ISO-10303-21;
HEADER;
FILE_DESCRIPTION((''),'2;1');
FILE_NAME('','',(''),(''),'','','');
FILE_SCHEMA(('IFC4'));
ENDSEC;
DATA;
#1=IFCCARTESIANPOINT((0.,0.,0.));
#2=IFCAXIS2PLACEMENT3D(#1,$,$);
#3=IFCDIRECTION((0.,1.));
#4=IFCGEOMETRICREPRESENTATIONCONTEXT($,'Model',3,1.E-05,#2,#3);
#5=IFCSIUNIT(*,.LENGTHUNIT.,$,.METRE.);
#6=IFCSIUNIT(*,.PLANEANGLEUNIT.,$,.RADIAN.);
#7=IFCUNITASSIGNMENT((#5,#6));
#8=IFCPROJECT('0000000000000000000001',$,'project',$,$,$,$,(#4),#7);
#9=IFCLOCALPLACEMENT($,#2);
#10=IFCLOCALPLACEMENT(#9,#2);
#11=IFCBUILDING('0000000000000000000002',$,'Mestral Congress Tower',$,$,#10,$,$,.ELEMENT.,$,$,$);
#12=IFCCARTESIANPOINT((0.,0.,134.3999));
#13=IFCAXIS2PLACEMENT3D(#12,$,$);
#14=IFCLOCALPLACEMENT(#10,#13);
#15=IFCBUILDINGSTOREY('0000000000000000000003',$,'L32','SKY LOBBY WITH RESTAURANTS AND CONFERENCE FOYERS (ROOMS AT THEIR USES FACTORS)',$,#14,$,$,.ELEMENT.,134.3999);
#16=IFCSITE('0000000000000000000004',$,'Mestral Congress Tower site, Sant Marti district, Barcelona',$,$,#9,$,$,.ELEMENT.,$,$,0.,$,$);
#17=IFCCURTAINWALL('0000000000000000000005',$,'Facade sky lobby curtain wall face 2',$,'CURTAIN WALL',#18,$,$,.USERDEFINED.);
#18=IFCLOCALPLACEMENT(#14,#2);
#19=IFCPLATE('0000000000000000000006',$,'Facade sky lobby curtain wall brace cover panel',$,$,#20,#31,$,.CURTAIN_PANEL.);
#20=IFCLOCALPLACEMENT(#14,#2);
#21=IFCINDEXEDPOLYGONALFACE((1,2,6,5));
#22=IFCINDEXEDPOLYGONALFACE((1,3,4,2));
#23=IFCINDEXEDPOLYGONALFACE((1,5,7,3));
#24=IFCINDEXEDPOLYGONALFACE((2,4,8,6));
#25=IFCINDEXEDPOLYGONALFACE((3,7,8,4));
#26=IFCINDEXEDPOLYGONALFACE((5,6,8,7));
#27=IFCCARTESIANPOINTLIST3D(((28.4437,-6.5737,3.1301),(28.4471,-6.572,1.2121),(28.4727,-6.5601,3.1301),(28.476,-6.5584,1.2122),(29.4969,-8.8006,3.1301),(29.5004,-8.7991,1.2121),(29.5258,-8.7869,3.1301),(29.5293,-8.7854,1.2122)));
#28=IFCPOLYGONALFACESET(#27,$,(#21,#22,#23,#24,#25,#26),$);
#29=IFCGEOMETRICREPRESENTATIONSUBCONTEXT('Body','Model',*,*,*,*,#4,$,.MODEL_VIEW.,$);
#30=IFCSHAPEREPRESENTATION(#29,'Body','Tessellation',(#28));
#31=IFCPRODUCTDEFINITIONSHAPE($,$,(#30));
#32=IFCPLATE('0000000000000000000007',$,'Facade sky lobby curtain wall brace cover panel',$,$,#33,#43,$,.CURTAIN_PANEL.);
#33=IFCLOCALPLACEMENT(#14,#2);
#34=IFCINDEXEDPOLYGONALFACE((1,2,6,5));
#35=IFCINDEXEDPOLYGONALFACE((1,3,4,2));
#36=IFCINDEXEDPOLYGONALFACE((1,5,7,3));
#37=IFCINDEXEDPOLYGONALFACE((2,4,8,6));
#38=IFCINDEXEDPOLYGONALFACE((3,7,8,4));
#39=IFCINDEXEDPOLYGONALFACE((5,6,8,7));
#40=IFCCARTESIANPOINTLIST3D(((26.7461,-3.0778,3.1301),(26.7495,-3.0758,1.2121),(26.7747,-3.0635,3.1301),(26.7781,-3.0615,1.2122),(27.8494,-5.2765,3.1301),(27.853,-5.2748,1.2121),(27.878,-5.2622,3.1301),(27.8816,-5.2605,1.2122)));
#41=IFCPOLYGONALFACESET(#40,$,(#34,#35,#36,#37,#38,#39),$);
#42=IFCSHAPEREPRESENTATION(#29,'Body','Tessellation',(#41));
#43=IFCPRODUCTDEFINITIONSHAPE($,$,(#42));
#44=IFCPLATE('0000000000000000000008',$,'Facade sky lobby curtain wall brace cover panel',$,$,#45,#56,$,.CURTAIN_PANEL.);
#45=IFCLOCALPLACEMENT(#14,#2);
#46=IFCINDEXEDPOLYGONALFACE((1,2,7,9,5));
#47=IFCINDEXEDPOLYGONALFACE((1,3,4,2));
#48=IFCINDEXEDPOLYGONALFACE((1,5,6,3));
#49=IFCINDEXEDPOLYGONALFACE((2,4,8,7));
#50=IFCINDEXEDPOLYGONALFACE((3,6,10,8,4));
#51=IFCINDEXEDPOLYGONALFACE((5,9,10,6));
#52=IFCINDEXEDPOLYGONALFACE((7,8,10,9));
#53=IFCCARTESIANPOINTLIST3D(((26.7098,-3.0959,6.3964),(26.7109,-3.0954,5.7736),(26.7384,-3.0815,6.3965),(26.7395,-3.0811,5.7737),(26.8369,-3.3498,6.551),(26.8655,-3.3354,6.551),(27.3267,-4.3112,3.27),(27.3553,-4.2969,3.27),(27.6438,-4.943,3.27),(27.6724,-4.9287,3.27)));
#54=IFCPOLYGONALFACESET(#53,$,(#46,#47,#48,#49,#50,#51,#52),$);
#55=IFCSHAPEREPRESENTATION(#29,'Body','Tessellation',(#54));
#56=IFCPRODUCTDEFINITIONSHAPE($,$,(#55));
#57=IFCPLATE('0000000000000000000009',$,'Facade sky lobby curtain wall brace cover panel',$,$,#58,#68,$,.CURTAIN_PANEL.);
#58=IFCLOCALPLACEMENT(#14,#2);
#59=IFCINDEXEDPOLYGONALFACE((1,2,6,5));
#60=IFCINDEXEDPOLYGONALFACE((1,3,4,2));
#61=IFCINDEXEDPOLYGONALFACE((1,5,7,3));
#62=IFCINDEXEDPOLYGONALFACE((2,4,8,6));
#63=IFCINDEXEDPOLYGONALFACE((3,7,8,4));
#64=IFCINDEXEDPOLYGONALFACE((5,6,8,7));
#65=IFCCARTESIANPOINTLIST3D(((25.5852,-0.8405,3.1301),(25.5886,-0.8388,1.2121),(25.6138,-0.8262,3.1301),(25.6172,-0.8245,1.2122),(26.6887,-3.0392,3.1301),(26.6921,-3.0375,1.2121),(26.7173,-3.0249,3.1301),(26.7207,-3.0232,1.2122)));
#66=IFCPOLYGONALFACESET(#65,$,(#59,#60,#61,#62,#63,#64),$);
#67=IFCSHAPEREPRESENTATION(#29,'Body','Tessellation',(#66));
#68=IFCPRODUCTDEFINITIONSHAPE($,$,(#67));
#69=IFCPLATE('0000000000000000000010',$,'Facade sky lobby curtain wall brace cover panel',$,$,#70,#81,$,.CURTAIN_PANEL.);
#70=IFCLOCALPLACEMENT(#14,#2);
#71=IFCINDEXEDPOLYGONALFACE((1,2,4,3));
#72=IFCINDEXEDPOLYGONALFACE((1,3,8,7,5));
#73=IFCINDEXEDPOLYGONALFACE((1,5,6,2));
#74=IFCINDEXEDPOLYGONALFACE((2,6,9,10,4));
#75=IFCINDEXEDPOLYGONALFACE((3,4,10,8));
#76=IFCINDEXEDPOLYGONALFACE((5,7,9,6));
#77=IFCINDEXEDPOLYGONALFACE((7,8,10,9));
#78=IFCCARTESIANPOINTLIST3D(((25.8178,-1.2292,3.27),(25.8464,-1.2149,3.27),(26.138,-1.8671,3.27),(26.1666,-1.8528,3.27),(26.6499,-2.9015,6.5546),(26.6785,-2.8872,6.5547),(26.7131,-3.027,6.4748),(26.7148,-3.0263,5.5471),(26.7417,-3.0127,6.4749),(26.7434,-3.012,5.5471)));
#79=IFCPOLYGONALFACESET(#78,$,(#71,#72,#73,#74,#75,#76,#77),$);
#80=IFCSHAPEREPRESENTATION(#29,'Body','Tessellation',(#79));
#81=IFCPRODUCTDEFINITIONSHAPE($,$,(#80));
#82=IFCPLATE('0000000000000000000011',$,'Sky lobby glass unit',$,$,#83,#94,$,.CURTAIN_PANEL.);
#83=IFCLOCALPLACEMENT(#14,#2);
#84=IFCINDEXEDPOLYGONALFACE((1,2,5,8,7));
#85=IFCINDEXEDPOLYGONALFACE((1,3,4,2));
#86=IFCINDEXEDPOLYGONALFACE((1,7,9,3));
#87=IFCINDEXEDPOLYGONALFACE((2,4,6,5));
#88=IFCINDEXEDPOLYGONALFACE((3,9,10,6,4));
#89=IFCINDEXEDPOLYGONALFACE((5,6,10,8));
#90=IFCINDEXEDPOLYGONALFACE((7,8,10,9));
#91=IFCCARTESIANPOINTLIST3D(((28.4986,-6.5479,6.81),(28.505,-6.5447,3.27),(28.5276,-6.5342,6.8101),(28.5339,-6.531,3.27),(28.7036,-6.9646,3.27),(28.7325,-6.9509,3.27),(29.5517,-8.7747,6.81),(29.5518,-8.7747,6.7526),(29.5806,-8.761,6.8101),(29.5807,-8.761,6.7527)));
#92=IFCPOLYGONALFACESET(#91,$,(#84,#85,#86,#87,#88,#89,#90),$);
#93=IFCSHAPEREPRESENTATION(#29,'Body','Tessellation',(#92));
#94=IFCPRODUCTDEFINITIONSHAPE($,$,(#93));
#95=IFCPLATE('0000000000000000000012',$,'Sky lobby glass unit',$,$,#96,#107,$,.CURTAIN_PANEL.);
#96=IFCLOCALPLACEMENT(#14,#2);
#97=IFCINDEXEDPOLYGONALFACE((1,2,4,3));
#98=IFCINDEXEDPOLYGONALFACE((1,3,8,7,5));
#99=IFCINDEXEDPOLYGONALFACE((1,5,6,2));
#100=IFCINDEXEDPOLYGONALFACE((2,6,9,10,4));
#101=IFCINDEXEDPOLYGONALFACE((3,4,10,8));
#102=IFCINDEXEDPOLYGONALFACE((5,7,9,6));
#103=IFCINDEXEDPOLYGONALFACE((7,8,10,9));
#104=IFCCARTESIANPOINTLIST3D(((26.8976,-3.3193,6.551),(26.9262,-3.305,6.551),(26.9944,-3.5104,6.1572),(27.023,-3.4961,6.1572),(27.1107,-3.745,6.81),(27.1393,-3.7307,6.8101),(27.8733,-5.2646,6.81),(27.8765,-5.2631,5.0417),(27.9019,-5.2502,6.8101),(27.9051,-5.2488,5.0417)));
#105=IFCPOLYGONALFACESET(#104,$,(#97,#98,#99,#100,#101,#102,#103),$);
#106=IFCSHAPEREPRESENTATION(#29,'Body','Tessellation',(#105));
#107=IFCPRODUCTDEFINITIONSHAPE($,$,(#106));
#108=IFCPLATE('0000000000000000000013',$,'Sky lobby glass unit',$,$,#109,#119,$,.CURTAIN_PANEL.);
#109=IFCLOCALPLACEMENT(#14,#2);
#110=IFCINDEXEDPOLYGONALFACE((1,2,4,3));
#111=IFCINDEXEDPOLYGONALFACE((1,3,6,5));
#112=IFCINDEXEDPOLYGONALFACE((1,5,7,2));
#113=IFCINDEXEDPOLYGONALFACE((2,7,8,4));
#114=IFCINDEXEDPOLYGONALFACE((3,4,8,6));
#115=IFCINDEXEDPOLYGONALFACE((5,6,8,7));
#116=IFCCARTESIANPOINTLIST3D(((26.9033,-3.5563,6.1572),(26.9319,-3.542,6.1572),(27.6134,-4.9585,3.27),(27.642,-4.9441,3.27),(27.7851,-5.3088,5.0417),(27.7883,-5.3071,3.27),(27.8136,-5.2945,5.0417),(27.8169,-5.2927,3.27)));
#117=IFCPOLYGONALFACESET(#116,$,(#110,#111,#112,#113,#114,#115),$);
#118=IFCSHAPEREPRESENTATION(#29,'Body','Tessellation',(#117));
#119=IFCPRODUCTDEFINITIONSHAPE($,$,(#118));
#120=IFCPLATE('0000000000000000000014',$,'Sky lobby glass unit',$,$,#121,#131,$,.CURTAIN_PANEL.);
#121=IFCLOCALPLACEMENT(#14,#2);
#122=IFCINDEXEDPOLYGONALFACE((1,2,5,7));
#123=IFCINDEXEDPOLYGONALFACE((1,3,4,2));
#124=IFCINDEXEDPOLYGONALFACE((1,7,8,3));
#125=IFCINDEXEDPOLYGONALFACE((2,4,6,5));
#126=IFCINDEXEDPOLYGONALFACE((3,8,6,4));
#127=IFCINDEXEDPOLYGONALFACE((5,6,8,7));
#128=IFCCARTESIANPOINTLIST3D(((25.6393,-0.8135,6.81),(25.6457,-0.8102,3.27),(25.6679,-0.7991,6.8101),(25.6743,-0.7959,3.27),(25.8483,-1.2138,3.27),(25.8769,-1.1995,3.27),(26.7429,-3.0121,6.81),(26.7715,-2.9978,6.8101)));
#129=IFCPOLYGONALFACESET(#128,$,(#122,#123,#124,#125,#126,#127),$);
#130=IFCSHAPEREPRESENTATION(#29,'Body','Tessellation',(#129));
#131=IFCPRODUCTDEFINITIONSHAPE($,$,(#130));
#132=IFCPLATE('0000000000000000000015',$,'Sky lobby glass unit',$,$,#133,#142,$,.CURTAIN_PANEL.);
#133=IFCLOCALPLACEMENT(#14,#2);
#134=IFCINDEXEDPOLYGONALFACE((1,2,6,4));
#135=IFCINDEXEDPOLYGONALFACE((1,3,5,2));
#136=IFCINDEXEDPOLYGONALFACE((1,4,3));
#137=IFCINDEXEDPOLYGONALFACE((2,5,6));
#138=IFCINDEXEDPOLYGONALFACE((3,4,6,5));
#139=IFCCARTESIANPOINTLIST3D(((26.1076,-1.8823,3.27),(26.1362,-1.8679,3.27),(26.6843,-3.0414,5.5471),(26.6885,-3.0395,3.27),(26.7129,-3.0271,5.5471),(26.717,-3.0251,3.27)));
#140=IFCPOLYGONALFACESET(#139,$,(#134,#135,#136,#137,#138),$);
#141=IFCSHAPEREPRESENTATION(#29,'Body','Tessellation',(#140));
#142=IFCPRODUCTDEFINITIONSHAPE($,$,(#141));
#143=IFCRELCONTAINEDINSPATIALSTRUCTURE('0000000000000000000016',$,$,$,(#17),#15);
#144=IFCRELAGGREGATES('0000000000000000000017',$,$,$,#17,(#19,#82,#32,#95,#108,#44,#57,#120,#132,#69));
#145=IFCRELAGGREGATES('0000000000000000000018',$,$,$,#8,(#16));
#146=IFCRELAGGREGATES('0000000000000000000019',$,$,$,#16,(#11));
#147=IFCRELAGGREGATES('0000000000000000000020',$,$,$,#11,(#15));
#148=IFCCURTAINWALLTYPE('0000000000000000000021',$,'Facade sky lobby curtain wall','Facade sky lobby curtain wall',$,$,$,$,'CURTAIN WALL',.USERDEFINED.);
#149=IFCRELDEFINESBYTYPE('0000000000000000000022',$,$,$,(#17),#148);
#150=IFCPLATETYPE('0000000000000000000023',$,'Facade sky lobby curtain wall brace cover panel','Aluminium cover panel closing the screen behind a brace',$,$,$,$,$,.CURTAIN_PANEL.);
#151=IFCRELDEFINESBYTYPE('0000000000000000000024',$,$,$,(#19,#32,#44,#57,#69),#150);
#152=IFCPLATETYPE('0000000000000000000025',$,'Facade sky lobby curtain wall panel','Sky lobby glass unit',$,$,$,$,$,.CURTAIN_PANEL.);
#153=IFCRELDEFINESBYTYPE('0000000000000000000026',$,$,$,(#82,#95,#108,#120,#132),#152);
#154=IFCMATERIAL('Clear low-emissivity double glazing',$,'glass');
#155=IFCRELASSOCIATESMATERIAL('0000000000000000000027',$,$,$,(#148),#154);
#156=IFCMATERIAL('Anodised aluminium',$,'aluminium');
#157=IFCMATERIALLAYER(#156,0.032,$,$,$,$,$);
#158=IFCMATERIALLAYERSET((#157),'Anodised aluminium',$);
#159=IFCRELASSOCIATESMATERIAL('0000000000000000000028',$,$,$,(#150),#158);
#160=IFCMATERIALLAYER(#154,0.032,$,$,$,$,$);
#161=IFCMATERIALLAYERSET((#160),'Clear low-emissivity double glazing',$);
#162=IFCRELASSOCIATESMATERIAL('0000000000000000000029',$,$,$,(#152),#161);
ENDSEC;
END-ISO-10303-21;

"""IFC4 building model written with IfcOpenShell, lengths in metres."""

from ifc_helpers import new_model, si_unit, direction, frame, origin, place, context, subcontext, project, spatial, polyline, outline, extrude, material, layer, layer_set, type_object, element, aggregate, save


model = new_model("IFC4")

# Units and contexts
model_context = context("Model", 3, precision=1e-05, world=origin(), true_north=direction((0.0, 1.0)))
body_context = subcontext(model_context, "Body", "Model", "MODEL_VIEW")
ifc_project = project(units=[si_unit("LENGTHUNIT", "METRE"), si_unit("PLANEANGLEUNIT", "RADIAN")], contexts=[model_context])

# Site, building, storey
site_placement = place(None, origin())
site = spatial("IfcSite", under=ifc_project, at=site_placement, Name="Mestral Congress Tower site, Sant Marti district, Barcelona", CompositionType="ELEMENT", RefElevation=0.0)
building_placement = place(site_placement, origin())
building = spatial("IfcBuilding", under=site, at=building_placement, Name="Mestral Congress Tower", CompositionType="ELEMENT")
storey_placement = place(building_placement, frame((0.0, 0.0, 134.3999)))
storey = spatial("IfcBuildingStorey", under=building, at=storey_placement, Name="L32", Description="SKY LOBBY WITH RESTAURANTS AND CONFERENCE FOYERS (ROOMS AT THEIR USES FACTORS)", CompositionType="ELEMENT", Elevation=134.3999)

# Curtain wall
ifc_material_1 = material(Name="Clear low-emissivity double glazing", Category="glass")
curtain_wall_type = type_object("IfcCurtainWallType", Name="Facade sky lobby curtain wall", Description="Facade sky lobby curtain wall", ElementType="CURTAIN WALL", PredefinedType="USERDEFINED", material=ifc_material_1)
curtain_wall_placement = place(storey_placement, origin())
curtain_wall = element("IfcCurtainWall", 1, at=curtain_wall_placement, inside=storey, type_object=curtain_wall_type, Name="Facade sky lobby curtain wall face 2", ObjectType="CURTAIN WALL", PredefinedType="USERDEFINED")
ifc_material_2 = material(Name="Anodised aluminium", Category="aluminium")

# Plates
ifc_layer_1 = layer(ifc_material_2, 0.032)
ifc_layer_set_1 = layer_set([ifc_layer_1], Name="Anodised aluminium")
plate_type_1 = type_object("IfcPlateType", Name="Facade sky lobby curtain wall brace cover panel", Description="Aluminium cover panel closing the screen behind a brace", PredefinedType="CURTAIN_PANEL", material=ifc_layer_set_1)
plate_1_placement = place(storey_placement, frame((28.4727, -6.5601, 3.1301), z_axis=(0.903993, 0.427542, 0.001965), x_axis=(0.001757, 0.000879, -0.999998)))
plate_1 = element("IfcPlate", 2, at=plate_1_placement, type_object=plate_type_1, Name="Facade sky lobby curtain wall brace cover panel", PredefinedType="CURTAIN_PANEL", context=body_context, shape_type="SweptSolid", body=[
    extrude(outline(polyline([(0.0, 0.0), (1.918, 0.0), (1.9179, -2.4635), (-0.0001, -2.4633), (0.0, 0.0)])), origin(), (0.0, 0.0, -1.0), 0.032),
])
plate_2_placement = place(storey_placement, frame((26.7747, -3.0635, 3.1301), z_axis=(0.893779, 0.448502, 0.002078), x_axis=(0.001807, 0.001031, -0.999998)))
plate_2 = element("IfcPlate", 3, at=plate_2_placement, type_object=plate_type_1, Name="Facade sky lobby curtain wall brace cover panel", PredefinedType="CURTAIN_PANEL", context=body_context, shape_type="SweptSolid", body=[
    extrude(outline(polyline([(0.0, 0.0), (1.918, 0.0), (1.9177, -2.4603), (-0.0003, -2.46), (0.0, 0.0)])), origin(), (0.0, 0.0, -1.0), 0.032),
])
plate_3_placement = place(storey_placement, frame((26.7395, -3.0811, 5.7737), z_axis=(0.893731, 0.4486, 0.001964), x_axis=(0.216014, -0.426514, -0.878307)))
plate_3 = element("IfcPlate", 4, at=plate_3_placement, type_object=plate_type_1, Name="Facade sky lobby curtain wall brace cover panel", PredefinedType="CURTAIN_PANEL", context=body_context, shape_type="SweptSolid", body=[
    extrude(outline(polyline([(0.0, 0.0), (2.8506, 0.0), (3.1885, -0.6209), (-0.547, -0.621), (-0.5471, -0.2977), (0.0, 0.0)])), origin(), (0.0, 0.0, -1.0), 0.032),
])
plate_4_placement = place(storey_placement, frame((25.6138, -0.8262, 3.1301), z_axis=(0.89375, 0.448562, 0.001992), x_axis=(0.001782, 0.000891, -0.999998)))
plate_4 = element("IfcPlate", 5, at=plate_4_placement, type_object=plate_type_1, Name="Facade sky lobby curtain wall brace cover panel", PredefinedType="CURTAIN_PANEL", context=body_context, shape_type="SweptSolid", body=[
    extrude(outline(polyline([(0.0, 0.0), (1.918, 0.0), (1.918, -2.4601), (0.0, -2.4601), (0.0, 0.0)])), origin(), (0.0, 0.0, -1.0), 0.032),
])
plate_5_placement = place(storey_placement, frame((26.7417, -3.0127, 6.4749), z_axis=(0.893739, 0.448584, 0.001964), x_axis=(-0.390899, 0.776648, 0.49398)))
plate_5 = element("IfcPlate", 6, at=plate_5_placement, type_object=plate_type_1, Name="Facade sky lobby curtain wall brace cover panel", PredefinedType="CURTAIN_PANEL", context=body_context, shape_type="SweptSolid", body=[
    extrude(outline(polyline([(0.0, 0.0), (0.1616, 0.0), (0.1631, -3.7786), (-0.4574, -3.4261), (-0.4584, -0.8066), (0.0, 0.0)])), origin(), (0.0, 0.0, -1.0), 0.032),
])
ifc_layer_2 = layer(ifc_material_1, 0.032)
ifc_layer_set_2 = layer_set([ifc_layer_2], Name="Clear low-emissivity double glazing")
plate_type_2 = type_object("IfcPlateType", Name="Facade sky lobby curtain wall panel", Description="Sky lobby glass unit", PredefinedType="CURTAIN_PANEL", material=ifc_layer_set_2)
plate_6_placement = place(storey_placement, frame((29.5806, -8.761, 6.8101), z_axis=(0.904017, 0.427491, 0.002007), x_axis=(-0.427492, 0.904019, 0.0)))
plate_6 = element("IfcPlate", 7, at=plate_6_placement, type_object=plate_type_2, Name="Sky lobby glass unit", PredefinedType="CURTAIN_PANEL", context=body_context, shape_type="SweptSolid", body=[
    extrude(outline(polyline([(0.0, 0.0), (2.4632, 0.0), (2.4634, -3.54), (1.9989, -3.54), (-0.0001, -0.0574), (0.0, 0.0)])), origin(), (0.0, 0.0, -1.0), 0.032),
])
plate_7_placement = place(storey_placement, frame((27.9019, -5.2502, 6.8101), z_axis=(0.893762, 0.448537, 0.002007), x_axis=(-0.448538, 0.893764, 0.0)))
plate_7 = element("IfcPlate", 8, at=plate_7_placement, type_object=plate_type_2, Name="Sky lobby glass unit", PredefinedType="CURTAIN_PANEL", context=body_context, shape_type="SweptSolid", body=[
    extrude(outline(polyline([(0.0, 0.0), (1.7002, 0.0), (2.1762, -0.259), (1.962, -0.6528), (-0.0001, -1.7683), (0.0, 0.0)])), origin(), (0.0, 0.0, -1.0), 0.032),
])
plate_8_placement = place(storey_placement, frame((26.9319, -3.542, 6.1572), z_axis=(0.893828, 0.448406, 0.002081), x_axis=(0.216023, -0.426534, -0.878296)))
plate_8 = element("IfcPlate", 9, at=plate_8_placement, type_object=plate_type_2, Name="Sky lobby glass unit", PredefinedType="CURTAIN_PANEL", context=body_context, shape_type="SweptSolid", body=[
    extrude(outline(polyline([(0.0, 0.0), (3.2873, 0.0), (3.4737, -0.3425), (1.9177, -1.1897), (0.0, 0.0)])), origin(), (0.0, 0.0, -1.0), 0.032),
])
plate_9_placement = place(storey_placement, frame((26.7715, -2.9978, 6.8101), z_axis=(0.893737, 0.448587, 0.002025), x_axis=(-0.448588, 0.893739, 0.0)))
plate_9 = element("IfcPlate", 10, at=plate_9_placement, type_object=plate_type_2, Name="Sky lobby glass unit", PredefinedType="CURTAIN_PANEL", context=body_context, shape_type="SweptSolid", body=[
    extrude(outline(polyline([(0.0, 0.0), (2.4601, 0.0), (2.4601, -3.54), (2.0085, -3.54), (0.0, 0.0)])), origin(), (0.0, 0.0, -1.0), 0.032),
])
plate_10_placement = place(storey_placement, frame((26.717, -3.0251, 3.27), z_axis=(0.893746, 0.44857, 0.002014), x_axis=(-0.001823, -0.000858, 0.999998)))
plate_10 = element("IfcPlate", 11, at=plate_10_placement, type_object=plate_type_2, Name="Sky lobby glass unit", PredefinedType="CURTAIN_PANEL", context=body_context, shape_type="SweptSolid", body=[
    extrude(outline(polyline([(0.0, 0.0), (2.2771, 0.0), (0.0001, -1.2948), (0.0, 0.0)])), origin(), (0.0, 0.0, -1.0), 0.032),
])
aggregate(curtain_wall, [plate_1, plate_6, plate_2, plate_7, plate_8, plate_3, plate_4, plate_9, plate_10, plate_5])

save(model, "model.ifc")
